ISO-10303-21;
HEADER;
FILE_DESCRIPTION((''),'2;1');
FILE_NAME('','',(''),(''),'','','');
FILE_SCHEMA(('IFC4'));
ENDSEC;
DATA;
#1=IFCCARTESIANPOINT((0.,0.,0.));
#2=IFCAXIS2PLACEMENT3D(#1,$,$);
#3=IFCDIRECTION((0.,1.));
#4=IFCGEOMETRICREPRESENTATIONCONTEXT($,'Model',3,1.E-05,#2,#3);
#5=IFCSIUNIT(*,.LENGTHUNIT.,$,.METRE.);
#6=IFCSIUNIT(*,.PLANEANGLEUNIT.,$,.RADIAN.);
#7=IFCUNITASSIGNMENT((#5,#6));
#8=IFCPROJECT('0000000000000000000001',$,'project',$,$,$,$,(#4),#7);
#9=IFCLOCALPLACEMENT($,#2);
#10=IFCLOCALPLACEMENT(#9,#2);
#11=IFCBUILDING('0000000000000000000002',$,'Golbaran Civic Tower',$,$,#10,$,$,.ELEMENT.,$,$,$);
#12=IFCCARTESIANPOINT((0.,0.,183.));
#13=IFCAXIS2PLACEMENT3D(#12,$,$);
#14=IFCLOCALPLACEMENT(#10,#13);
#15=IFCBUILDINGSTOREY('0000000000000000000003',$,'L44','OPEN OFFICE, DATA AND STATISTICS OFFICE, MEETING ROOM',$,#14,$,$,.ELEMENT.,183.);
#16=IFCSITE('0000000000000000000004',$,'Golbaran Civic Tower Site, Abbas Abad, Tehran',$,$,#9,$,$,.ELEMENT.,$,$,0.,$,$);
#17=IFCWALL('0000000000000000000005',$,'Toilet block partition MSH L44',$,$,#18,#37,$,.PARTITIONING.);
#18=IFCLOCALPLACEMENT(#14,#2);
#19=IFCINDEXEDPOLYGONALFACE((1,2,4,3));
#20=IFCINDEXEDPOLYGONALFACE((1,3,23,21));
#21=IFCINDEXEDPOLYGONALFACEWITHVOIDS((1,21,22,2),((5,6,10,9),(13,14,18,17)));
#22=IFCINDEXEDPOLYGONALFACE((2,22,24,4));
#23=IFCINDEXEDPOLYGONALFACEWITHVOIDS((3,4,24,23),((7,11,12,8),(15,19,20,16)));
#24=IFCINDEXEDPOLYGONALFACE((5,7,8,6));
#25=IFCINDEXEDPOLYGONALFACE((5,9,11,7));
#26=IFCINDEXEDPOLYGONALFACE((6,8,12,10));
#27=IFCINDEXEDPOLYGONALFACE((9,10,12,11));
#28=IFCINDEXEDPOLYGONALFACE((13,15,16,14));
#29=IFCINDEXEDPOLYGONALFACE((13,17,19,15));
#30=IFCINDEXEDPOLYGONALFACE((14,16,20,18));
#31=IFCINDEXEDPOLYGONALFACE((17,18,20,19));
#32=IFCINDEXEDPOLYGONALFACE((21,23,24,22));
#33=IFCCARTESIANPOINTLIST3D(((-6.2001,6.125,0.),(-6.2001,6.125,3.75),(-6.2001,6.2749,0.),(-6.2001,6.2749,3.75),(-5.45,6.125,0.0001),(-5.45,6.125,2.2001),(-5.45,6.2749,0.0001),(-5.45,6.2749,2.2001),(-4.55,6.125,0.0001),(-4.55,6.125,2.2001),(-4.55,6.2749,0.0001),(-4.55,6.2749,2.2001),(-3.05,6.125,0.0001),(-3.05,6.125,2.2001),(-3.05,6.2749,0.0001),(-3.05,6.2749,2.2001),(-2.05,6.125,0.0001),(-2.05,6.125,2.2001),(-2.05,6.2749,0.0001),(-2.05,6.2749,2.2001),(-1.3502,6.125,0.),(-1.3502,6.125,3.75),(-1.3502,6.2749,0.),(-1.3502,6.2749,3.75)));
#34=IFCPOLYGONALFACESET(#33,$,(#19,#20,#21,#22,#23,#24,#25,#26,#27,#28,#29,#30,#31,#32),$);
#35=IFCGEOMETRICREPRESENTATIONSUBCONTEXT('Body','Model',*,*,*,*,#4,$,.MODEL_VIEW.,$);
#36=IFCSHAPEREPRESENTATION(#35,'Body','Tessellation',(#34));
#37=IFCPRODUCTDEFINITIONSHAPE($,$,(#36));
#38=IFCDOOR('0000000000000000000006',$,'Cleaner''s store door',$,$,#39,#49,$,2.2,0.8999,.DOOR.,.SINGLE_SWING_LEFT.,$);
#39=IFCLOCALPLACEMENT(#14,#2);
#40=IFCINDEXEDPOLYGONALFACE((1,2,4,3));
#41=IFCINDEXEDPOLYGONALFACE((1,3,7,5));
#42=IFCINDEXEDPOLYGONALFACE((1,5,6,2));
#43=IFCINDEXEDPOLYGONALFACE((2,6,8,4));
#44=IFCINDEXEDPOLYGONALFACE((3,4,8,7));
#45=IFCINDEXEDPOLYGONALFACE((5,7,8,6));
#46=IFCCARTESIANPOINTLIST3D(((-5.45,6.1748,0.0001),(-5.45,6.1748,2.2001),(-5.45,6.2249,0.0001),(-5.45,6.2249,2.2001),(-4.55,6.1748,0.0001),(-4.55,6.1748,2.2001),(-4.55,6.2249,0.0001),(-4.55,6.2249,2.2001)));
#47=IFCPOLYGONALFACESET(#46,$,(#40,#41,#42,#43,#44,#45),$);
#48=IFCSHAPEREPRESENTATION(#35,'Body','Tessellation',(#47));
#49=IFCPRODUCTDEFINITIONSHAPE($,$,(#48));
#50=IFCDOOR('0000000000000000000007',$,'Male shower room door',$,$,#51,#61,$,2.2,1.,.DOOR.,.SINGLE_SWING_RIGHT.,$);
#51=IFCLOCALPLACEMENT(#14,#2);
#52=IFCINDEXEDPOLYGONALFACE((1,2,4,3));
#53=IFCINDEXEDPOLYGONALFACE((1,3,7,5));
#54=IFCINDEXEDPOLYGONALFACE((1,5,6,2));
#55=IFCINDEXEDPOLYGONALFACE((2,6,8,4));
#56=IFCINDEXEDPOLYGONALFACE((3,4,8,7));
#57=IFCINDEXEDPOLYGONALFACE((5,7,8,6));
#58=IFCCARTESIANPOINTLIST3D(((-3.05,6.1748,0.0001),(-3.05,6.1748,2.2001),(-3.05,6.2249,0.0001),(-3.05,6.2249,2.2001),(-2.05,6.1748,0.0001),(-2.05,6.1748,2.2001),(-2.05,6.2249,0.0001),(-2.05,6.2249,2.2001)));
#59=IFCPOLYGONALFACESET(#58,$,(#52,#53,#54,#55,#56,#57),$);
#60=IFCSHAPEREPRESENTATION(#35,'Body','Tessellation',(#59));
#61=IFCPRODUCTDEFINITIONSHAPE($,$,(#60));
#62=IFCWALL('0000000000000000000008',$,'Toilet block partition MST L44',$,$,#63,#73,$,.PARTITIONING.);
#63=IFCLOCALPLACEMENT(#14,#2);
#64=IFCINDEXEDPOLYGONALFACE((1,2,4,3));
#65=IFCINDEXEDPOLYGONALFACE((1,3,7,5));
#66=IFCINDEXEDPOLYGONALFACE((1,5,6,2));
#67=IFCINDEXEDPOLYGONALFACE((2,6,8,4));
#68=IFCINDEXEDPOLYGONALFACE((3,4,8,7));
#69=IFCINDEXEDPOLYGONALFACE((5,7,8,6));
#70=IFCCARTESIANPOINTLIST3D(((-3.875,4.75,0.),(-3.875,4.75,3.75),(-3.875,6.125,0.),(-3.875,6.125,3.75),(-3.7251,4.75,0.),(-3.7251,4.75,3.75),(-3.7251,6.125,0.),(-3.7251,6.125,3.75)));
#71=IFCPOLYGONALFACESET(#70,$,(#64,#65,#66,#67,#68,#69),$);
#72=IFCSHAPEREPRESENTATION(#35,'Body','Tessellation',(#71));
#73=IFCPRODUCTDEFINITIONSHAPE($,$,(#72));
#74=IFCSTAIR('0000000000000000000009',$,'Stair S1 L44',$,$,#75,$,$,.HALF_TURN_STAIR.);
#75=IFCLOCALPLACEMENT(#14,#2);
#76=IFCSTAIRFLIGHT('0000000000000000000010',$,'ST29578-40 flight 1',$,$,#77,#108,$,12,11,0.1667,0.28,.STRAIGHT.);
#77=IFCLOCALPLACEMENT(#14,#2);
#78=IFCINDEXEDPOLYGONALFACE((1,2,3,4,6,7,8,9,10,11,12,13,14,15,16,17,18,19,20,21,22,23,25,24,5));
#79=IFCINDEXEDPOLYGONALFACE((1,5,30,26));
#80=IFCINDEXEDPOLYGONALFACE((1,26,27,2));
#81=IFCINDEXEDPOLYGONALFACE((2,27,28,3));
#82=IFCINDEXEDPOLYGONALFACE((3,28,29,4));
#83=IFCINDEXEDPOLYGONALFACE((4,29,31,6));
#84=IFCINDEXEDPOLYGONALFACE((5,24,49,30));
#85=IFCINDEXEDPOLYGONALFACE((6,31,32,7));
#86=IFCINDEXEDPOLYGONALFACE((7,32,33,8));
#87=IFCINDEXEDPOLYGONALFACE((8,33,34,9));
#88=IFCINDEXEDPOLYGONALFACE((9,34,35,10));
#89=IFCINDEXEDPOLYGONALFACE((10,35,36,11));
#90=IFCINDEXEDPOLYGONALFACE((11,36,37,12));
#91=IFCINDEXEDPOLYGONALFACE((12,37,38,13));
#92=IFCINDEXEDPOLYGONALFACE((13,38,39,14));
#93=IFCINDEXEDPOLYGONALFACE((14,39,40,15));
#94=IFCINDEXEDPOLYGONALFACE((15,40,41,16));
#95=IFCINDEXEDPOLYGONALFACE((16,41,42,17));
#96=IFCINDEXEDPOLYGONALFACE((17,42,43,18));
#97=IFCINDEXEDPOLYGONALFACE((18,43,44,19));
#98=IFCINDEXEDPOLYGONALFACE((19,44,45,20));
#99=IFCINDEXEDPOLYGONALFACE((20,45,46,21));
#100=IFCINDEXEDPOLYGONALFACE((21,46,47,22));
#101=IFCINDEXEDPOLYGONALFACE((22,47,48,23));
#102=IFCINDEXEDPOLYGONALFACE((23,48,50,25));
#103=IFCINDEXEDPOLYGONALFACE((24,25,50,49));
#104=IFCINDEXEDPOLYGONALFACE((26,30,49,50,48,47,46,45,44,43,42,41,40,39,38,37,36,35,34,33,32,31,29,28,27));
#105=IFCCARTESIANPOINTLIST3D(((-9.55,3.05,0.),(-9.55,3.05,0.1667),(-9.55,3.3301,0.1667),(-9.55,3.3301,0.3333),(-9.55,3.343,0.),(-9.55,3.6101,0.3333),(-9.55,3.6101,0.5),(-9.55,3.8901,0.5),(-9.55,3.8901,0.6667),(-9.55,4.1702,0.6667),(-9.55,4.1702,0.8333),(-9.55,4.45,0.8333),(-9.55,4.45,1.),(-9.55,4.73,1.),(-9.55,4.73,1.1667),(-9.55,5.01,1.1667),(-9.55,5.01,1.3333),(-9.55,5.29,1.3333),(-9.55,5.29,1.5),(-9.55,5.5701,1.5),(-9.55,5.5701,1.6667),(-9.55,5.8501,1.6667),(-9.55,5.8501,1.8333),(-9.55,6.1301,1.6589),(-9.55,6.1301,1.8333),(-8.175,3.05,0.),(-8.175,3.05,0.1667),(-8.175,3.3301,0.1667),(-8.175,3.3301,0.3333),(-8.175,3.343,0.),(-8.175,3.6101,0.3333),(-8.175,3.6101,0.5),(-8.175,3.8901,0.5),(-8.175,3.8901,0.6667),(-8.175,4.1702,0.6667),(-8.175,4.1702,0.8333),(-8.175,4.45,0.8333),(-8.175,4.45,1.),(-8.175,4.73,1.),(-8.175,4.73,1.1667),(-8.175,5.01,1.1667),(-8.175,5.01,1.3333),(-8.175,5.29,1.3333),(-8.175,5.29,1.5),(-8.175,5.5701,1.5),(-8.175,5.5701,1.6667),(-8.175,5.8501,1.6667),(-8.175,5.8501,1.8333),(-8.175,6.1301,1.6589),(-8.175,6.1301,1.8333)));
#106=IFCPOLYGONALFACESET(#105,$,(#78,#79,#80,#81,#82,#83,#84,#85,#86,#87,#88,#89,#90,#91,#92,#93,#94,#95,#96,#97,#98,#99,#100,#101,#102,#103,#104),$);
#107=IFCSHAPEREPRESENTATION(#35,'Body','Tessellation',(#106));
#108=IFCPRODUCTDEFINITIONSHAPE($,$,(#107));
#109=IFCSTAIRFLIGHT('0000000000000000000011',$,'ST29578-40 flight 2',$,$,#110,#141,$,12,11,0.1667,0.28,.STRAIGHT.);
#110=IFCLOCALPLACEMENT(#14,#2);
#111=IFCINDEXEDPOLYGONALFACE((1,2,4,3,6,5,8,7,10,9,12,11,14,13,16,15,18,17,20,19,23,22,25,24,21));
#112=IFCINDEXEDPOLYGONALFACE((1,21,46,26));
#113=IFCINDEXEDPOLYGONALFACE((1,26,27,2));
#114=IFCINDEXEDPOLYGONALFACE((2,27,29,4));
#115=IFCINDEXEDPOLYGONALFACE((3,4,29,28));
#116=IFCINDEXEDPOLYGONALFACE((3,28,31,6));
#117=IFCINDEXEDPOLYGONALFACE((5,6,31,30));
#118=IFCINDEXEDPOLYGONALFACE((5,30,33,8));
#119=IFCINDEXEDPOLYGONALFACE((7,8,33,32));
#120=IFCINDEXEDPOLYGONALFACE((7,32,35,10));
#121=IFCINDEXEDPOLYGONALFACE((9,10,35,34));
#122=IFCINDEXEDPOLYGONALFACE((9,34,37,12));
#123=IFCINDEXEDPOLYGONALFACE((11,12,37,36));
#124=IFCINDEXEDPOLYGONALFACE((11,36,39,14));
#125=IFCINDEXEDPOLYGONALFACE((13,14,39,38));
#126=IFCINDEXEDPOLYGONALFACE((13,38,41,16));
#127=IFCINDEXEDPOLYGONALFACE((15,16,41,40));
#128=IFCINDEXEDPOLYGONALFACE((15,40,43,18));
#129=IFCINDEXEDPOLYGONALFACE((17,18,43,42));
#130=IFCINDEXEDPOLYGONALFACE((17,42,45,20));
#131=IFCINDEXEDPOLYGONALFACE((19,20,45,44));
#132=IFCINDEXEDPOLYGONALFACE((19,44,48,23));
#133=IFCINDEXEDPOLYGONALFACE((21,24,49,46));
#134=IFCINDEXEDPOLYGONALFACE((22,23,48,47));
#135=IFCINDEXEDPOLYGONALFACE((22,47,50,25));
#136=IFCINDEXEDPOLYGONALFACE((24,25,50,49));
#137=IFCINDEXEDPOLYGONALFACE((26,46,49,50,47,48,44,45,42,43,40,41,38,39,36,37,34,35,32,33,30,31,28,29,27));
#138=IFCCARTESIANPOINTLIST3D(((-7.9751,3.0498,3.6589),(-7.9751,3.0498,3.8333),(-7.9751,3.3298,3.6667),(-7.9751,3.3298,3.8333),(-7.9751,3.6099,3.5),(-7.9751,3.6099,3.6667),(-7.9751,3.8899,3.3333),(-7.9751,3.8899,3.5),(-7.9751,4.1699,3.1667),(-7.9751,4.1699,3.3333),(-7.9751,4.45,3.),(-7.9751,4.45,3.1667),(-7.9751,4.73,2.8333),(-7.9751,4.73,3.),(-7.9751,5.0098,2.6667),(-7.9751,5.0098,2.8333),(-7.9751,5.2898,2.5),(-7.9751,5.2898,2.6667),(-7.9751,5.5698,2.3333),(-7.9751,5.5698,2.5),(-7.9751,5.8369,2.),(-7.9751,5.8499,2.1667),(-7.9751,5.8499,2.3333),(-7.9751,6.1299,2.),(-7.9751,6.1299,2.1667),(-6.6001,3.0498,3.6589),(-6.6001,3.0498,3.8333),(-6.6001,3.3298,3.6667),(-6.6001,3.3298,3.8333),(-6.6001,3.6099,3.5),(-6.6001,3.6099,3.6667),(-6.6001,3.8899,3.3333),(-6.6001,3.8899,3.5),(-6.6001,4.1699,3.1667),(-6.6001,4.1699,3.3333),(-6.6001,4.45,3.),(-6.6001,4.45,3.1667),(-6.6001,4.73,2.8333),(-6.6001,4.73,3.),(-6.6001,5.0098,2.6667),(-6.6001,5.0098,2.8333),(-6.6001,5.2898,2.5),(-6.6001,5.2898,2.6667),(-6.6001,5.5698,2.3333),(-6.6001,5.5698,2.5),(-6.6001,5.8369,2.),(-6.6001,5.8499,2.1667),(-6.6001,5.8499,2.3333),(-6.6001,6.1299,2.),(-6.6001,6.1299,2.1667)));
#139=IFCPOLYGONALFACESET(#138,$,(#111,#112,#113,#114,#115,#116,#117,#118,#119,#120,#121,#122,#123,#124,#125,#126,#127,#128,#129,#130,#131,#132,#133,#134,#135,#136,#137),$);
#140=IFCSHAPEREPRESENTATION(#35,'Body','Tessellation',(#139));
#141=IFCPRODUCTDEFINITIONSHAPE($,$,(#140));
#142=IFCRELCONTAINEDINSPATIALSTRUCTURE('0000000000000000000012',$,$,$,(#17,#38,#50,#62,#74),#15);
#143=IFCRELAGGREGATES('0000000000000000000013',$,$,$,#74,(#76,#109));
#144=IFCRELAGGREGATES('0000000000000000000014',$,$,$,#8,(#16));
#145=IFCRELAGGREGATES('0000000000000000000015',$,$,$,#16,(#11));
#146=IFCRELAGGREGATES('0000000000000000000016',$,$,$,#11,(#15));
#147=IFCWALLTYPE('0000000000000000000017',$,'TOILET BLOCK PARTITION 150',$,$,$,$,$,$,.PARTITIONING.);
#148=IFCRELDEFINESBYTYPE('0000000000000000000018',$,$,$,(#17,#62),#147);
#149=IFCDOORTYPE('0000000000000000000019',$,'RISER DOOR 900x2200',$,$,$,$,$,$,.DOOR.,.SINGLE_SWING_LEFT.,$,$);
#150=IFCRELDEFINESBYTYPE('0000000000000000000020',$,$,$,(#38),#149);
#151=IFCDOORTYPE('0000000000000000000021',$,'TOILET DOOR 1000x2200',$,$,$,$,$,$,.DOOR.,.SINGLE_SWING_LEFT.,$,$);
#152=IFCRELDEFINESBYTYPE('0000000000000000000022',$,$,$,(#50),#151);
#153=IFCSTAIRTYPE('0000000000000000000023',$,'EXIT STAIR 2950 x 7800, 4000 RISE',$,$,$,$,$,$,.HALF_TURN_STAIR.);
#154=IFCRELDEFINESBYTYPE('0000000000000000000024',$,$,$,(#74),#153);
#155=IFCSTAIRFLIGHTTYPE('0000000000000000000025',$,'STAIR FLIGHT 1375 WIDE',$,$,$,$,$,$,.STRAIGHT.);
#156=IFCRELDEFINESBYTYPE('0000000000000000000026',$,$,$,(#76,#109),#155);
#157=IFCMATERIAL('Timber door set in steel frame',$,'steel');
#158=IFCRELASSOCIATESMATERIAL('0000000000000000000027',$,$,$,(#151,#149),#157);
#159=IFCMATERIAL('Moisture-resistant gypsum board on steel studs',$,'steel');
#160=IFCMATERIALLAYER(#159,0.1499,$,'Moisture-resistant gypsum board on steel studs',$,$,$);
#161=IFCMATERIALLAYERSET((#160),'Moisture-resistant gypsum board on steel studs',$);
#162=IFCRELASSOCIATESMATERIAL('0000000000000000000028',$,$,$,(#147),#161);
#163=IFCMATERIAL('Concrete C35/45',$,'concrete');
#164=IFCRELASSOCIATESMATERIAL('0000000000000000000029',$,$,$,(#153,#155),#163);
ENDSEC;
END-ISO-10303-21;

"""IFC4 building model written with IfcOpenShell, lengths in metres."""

from ifc_helpers import new_model, si_unit, direction, frame, frame_2d, origin, place, context, subcontext, project, spatial, polyline, rectangle, outline, extrude, material, layer, layer_set, type_object, element, fill, aggregate, save


model = new_model("IFC4")

# Units and contexts
model_context = context("Model", 3, precision=1e-05, world=origin(), true_north=direction((0.0, 1.0)))
body_context = subcontext(model_context, "Body", "Model", "MODEL_VIEW")
ifc_project = project(units=[si_unit("LENGTHUNIT", "METRE"), si_unit("PLANEANGLEUNIT", "RADIAN")], contexts=[model_context])

# Site, building, storey
site_placement = place(None, origin())
site = spatial("IfcSite", under=ifc_project, at=site_placement, Name="Golbaran Civic Tower Site, Abbas Abad, Tehran", CompositionType="ELEMENT", RefElevation=0.0)
building_placement = place(site_placement, origin())
building = spatial("IfcBuilding", under=site, at=building_placement, Name="Golbaran Civic Tower", CompositionType="ELEMENT")
storey_placement = place(building_placement, frame((0.0, 0.0, 183.0)))
storey = spatial("IfcBuildingStorey", under=building, at=storey_placement, Name="L44", Description="OPEN OFFICE, DATA AND STATISTICS OFFICE, MEETING ROOM", CompositionType="ELEMENT", Elevation=183.0)

# Shared definitions
ifc_material_1 = material(Name="Timber door set in steel frame", Category="steel")

# Shared definitions
door_type_1 = type_object("IfcDoorType", Name="TOILET DOOR 1000x2200", OperationType="SINGLE_SWING_LEFT", PredefinedType="DOOR", material=ifc_material_1)

# Wall, openings, doors
ifc_material_2 = material(Name="Moisture-resistant gypsum board on steel studs", Category="steel")
ifc_layer_1 = layer(ifc_material_2, 0.1499, Name="Moisture-resistant gypsum board on steel studs")
ifc_layer_set_1 = layer_set([ifc_layer_1], Name="Moisture-resistant gypsum board on steel studs")
wall_type_1 = type_object("IfcWallType", Name="TOILET BLOCK PARTITION 150", PredefinedType="PARTITIONING", material=ifc_layer_set_1)
wall_1_placement = place(storey_placement, frame((-6.2, 6.2, 0.0), z_axis=(0.0, 0.0, 1.0), x_axis=(1.0, 0.0, 0.0)))
wall_1 = element("IfcWall", 1, at=wall_1_placement, inside=storey, type_object=wall_type_1, Name="Toilet block partition MSH L44", PredefinedType="PARTITIONING", context=body_context, shape_type="SweptSolid", body=[
    extrude(rectangle(XDim=4.8499, YDim=0.1499, at=frame_2d((2.4248, 0.0))), origin(), (0.0, 0.0, 1.0), 3.75),
])
opening_1_placement = place(wall_1_placement, frame((3.1499, 0.0, 0.0)))
opening_1 = element("IfcOpeningElement", 2, at=opening_1_placement, cuts=wall_1, PredefinedType="OPENING", context=body_context, shape_type="SweptSolid", body=[
    extrude(rectangle(XDim=1.0, YDim=2.2, at=frame_2d((0.5, 1.1001))), frame((0.0, 0.085, 0.0), z_axis=(0.0, -1.0, 0.0), x_axis=(1.0, 0.0, 0.0)), (0.0, 0.0, 1.0), 0.1699),
])
opening_2_placement = place(wall_1_placement, frame((0.75, 0.0, 0.0)))
opening_2 = element("IfcOpeningElement", 3, at=opening_2_placement, cuts=wall_1, PredefinedType="OPENING", context=body_context, shape_type="SweptSolid", body=[
    extrude(rectangle(XDim=0.8999, YDim=2.2, at=frame_2d((0.45, 1.1001))), frame((0.0, 0.085, 0.0), z_axis=(0.0, -1.0, 0.0), x_axis=(1.0, 0.0, 0.0)), (0.0, 0.0, 1.0), 0.1699),
])
door_type_2 = type_object("IfcDoorType", Name="RISER DOOR 900x2200", OperationType="SINGLE_SWING_LEFT", PredefinedType="DOOR", material=ifc_material_1)
door_1_placement = place(opening_2_placement, origin())
door_1 = element("IfcDoor", 4, at=door_1_placement, inside=storey, type_object=door_type_2, Name="Cleaner's store door", OperationType="SINGLE_SWING_LEFT", OverallHeight=2.2, OverallWidth=0.8999, PredefinedType="DOOR", context=body_context, shape_type="SweptSolid", body=[
    extrude(rectangle(XDim=0.8999, YDim=2.2, at=frame_2d((0.45, 1.1001))), frame((0.0, 0.0249, 0.0), z_axis=(0.0, -1.0, 0.0), x_axis=(1.0, 0.0, 0.0)), (0.0, 0.0, 1.0), 0.05),
])
fill(opening_2, door_1)
door_2_placement = place(opening_1_placement, origin())
door_2 = element("IfcDoor", 5, at=door_2_placement, inside=storey, type_object=door_type_1, Name="Male shower room door", OperationType="SINGLE_SWING_RIGHT", OverallHeight=2.2, OverallWidth=1.0, PredefinedType="DOOR", context=body_context, shape_type="SweptSolid", body=[
    extrude(rectangle(XDim=1.0, YDim=2.2, at=frame_2d((0.5, 1.1001))), frame((0.0, 0.0249, 0.0), z_axis=(0.0, -1.0, 0.0), x_axis=(1.0, 0.0, 0.0)), (0.0, 0.0, 1.0), 0.05),
])
fill(opening_1, door_2)

# Wall
wall_2_placement = place(storey_placement, frame((-3.8, 4.75, 0.0), z_axis=(0.0, 0.0, 1.0), x_axis=(0.0, 1.0, 0.0)))
element("IfcWall", 6, at=wall_2_placement, inside=storey, type_object=wall_type_1, Name="Toilet block partition MST L44", PredefinedType="PARTITIONING", context=body_context, shape_type="SweptSolid", body=[
    extrude(rectangle(XDim=1.375, YDim=0.1499, at=frame_2d((0.6875, 0.0))), origin(), (0.0, 0.0, 1.0), 3.75),
])

# Stair, stair flights
ifc_material_3 = material(Name="Concrete C35/45", Category="concrete")
stair_type = type_object("IfcStairType", Name="EXIT STAIR 2950 x 7800, 4000 RISE", PredefinedType="HALF_TURN_STAIR", material=ifc_material_3)
stair_placement = place(storey_placement, origin())
stair = element("IfcStair", 7, at=stair_placement, inside=storey, type_object=stair_type, Name="Stair S1 L44", PredefinedType="HALF_TURN_STAIR")
stair_flight_type = type_object("IfcStairFlightType", Name="STAIR FLIGHT 1375 WIDE", PredefinedType="STRAIGHT", material=ifc_material_3)
stair_flight_1_placement = place(storey_placement, frame((-8.8625, 3.05, 0.0), z_axis=(0.0, 0.0, 1.0), x_axis=(0.0, 1.0, 0.0)))
stair_flight_1 = element("IfcStairFlight", 8, at=stair_flight_1_placement, type_object=stair_flight_type, Name="ST29578-40 flight 1", NumberOfRisers=12, NumberOfTreads=11, PredefinedType="STRAIGHT", RiserHeight=0.1667, TreadLength=0.28, context=body_context, shape_type="SweptSolid", body=[
    extrude(outline(polyline([(0.0, 0.0), (0.0, 0.1667), (0.28, 0.1667), (0.28, 0.3333), (0.5601, 0.3333), (0.5601, 0.5), (0.8401, 0.5), (0.8401, 0.6667), (1.1201, 0.6667), (1.1201, 0.8333), (1.3999, 0.8333), (1.3999, 1.0), (1.6799, 1.0), (1.6799, 1.1667), (1.96, 1.1667), (1.96, 1.3333), (2.24, 1.3333), (2.24, 1.5), (2.52, 1.5), (2.52, 1.6667), (2.8, 1.6667), (2.8, 1.8333), (3.0801, 1.8333), (3.0801, 2.0), (3.0801, 1.6589), (0.293, 0.0), (0.0, 0.0)])), frame((0.0, 0.6875, 0.0), z_axis=(0.0, -1.0, 0.0), x_axis=(1.0, 0.0, 0.0)), (0.0, 0.0, 1.0), 1.375),
])
stair_flight_2_placement = place(storey_placement, frame((-7.2876, 6.1299, 2.0), z_axis=(0.0, 0.0, 1.0), x_axis=(0.0, -1.0, 0.0)))
stair_flight_2 = element("IfcStairFlight", 9, at=stair_flight_2_placement, type_object=stair_flight_type, Name="ST29578-40 flight 2", NumberOfRisers=12, NumberOfTreads=11, PredefinedType="STRAIGHT", RiserHeight=0.1667, TreadLength=0.28, context=body_context, shape_type="SweptSolid", body=[
    extrude(outline(polyline([(0.0, 0.0), (0.0, 0.1667), (0.28, 0.1667), (0.28, 0.3333), (0.5601, 0.3333), (0.5601, 0.5), (0.8401, 0.5), (0.8401, 0.6667), (1.1201, 0.6667), (1.1201, 0.8333), (1.3999, 0.8333), (1.3999, 1.0), (1.6799, 1.0), (1.6799, 1.1667), (1.96, 1.1667), (1.96, 1.3333), (2.24, 1.3333), (2.24, 1.5), (2.52, 1.5), (2.52, 1.6667), (2.8, 1.6667), (2.8, 1.8333), (3.0801, 1.8333), (3.0801, 2.0), (3.0801, 1.6589), (0.293, 0.0), (0.0, 0.0)])), frame((0.0, 0.6875, 0.0), z_axis=(0.0, -1.0, 0.0), x_axis=(1.0, 0.0, 0.0)), (0.0, 0.0, 1.0), 1.375),
])
aggregate(stair, [stair_flight_1, stair_flight_2])

save(model, "model.ifc")
